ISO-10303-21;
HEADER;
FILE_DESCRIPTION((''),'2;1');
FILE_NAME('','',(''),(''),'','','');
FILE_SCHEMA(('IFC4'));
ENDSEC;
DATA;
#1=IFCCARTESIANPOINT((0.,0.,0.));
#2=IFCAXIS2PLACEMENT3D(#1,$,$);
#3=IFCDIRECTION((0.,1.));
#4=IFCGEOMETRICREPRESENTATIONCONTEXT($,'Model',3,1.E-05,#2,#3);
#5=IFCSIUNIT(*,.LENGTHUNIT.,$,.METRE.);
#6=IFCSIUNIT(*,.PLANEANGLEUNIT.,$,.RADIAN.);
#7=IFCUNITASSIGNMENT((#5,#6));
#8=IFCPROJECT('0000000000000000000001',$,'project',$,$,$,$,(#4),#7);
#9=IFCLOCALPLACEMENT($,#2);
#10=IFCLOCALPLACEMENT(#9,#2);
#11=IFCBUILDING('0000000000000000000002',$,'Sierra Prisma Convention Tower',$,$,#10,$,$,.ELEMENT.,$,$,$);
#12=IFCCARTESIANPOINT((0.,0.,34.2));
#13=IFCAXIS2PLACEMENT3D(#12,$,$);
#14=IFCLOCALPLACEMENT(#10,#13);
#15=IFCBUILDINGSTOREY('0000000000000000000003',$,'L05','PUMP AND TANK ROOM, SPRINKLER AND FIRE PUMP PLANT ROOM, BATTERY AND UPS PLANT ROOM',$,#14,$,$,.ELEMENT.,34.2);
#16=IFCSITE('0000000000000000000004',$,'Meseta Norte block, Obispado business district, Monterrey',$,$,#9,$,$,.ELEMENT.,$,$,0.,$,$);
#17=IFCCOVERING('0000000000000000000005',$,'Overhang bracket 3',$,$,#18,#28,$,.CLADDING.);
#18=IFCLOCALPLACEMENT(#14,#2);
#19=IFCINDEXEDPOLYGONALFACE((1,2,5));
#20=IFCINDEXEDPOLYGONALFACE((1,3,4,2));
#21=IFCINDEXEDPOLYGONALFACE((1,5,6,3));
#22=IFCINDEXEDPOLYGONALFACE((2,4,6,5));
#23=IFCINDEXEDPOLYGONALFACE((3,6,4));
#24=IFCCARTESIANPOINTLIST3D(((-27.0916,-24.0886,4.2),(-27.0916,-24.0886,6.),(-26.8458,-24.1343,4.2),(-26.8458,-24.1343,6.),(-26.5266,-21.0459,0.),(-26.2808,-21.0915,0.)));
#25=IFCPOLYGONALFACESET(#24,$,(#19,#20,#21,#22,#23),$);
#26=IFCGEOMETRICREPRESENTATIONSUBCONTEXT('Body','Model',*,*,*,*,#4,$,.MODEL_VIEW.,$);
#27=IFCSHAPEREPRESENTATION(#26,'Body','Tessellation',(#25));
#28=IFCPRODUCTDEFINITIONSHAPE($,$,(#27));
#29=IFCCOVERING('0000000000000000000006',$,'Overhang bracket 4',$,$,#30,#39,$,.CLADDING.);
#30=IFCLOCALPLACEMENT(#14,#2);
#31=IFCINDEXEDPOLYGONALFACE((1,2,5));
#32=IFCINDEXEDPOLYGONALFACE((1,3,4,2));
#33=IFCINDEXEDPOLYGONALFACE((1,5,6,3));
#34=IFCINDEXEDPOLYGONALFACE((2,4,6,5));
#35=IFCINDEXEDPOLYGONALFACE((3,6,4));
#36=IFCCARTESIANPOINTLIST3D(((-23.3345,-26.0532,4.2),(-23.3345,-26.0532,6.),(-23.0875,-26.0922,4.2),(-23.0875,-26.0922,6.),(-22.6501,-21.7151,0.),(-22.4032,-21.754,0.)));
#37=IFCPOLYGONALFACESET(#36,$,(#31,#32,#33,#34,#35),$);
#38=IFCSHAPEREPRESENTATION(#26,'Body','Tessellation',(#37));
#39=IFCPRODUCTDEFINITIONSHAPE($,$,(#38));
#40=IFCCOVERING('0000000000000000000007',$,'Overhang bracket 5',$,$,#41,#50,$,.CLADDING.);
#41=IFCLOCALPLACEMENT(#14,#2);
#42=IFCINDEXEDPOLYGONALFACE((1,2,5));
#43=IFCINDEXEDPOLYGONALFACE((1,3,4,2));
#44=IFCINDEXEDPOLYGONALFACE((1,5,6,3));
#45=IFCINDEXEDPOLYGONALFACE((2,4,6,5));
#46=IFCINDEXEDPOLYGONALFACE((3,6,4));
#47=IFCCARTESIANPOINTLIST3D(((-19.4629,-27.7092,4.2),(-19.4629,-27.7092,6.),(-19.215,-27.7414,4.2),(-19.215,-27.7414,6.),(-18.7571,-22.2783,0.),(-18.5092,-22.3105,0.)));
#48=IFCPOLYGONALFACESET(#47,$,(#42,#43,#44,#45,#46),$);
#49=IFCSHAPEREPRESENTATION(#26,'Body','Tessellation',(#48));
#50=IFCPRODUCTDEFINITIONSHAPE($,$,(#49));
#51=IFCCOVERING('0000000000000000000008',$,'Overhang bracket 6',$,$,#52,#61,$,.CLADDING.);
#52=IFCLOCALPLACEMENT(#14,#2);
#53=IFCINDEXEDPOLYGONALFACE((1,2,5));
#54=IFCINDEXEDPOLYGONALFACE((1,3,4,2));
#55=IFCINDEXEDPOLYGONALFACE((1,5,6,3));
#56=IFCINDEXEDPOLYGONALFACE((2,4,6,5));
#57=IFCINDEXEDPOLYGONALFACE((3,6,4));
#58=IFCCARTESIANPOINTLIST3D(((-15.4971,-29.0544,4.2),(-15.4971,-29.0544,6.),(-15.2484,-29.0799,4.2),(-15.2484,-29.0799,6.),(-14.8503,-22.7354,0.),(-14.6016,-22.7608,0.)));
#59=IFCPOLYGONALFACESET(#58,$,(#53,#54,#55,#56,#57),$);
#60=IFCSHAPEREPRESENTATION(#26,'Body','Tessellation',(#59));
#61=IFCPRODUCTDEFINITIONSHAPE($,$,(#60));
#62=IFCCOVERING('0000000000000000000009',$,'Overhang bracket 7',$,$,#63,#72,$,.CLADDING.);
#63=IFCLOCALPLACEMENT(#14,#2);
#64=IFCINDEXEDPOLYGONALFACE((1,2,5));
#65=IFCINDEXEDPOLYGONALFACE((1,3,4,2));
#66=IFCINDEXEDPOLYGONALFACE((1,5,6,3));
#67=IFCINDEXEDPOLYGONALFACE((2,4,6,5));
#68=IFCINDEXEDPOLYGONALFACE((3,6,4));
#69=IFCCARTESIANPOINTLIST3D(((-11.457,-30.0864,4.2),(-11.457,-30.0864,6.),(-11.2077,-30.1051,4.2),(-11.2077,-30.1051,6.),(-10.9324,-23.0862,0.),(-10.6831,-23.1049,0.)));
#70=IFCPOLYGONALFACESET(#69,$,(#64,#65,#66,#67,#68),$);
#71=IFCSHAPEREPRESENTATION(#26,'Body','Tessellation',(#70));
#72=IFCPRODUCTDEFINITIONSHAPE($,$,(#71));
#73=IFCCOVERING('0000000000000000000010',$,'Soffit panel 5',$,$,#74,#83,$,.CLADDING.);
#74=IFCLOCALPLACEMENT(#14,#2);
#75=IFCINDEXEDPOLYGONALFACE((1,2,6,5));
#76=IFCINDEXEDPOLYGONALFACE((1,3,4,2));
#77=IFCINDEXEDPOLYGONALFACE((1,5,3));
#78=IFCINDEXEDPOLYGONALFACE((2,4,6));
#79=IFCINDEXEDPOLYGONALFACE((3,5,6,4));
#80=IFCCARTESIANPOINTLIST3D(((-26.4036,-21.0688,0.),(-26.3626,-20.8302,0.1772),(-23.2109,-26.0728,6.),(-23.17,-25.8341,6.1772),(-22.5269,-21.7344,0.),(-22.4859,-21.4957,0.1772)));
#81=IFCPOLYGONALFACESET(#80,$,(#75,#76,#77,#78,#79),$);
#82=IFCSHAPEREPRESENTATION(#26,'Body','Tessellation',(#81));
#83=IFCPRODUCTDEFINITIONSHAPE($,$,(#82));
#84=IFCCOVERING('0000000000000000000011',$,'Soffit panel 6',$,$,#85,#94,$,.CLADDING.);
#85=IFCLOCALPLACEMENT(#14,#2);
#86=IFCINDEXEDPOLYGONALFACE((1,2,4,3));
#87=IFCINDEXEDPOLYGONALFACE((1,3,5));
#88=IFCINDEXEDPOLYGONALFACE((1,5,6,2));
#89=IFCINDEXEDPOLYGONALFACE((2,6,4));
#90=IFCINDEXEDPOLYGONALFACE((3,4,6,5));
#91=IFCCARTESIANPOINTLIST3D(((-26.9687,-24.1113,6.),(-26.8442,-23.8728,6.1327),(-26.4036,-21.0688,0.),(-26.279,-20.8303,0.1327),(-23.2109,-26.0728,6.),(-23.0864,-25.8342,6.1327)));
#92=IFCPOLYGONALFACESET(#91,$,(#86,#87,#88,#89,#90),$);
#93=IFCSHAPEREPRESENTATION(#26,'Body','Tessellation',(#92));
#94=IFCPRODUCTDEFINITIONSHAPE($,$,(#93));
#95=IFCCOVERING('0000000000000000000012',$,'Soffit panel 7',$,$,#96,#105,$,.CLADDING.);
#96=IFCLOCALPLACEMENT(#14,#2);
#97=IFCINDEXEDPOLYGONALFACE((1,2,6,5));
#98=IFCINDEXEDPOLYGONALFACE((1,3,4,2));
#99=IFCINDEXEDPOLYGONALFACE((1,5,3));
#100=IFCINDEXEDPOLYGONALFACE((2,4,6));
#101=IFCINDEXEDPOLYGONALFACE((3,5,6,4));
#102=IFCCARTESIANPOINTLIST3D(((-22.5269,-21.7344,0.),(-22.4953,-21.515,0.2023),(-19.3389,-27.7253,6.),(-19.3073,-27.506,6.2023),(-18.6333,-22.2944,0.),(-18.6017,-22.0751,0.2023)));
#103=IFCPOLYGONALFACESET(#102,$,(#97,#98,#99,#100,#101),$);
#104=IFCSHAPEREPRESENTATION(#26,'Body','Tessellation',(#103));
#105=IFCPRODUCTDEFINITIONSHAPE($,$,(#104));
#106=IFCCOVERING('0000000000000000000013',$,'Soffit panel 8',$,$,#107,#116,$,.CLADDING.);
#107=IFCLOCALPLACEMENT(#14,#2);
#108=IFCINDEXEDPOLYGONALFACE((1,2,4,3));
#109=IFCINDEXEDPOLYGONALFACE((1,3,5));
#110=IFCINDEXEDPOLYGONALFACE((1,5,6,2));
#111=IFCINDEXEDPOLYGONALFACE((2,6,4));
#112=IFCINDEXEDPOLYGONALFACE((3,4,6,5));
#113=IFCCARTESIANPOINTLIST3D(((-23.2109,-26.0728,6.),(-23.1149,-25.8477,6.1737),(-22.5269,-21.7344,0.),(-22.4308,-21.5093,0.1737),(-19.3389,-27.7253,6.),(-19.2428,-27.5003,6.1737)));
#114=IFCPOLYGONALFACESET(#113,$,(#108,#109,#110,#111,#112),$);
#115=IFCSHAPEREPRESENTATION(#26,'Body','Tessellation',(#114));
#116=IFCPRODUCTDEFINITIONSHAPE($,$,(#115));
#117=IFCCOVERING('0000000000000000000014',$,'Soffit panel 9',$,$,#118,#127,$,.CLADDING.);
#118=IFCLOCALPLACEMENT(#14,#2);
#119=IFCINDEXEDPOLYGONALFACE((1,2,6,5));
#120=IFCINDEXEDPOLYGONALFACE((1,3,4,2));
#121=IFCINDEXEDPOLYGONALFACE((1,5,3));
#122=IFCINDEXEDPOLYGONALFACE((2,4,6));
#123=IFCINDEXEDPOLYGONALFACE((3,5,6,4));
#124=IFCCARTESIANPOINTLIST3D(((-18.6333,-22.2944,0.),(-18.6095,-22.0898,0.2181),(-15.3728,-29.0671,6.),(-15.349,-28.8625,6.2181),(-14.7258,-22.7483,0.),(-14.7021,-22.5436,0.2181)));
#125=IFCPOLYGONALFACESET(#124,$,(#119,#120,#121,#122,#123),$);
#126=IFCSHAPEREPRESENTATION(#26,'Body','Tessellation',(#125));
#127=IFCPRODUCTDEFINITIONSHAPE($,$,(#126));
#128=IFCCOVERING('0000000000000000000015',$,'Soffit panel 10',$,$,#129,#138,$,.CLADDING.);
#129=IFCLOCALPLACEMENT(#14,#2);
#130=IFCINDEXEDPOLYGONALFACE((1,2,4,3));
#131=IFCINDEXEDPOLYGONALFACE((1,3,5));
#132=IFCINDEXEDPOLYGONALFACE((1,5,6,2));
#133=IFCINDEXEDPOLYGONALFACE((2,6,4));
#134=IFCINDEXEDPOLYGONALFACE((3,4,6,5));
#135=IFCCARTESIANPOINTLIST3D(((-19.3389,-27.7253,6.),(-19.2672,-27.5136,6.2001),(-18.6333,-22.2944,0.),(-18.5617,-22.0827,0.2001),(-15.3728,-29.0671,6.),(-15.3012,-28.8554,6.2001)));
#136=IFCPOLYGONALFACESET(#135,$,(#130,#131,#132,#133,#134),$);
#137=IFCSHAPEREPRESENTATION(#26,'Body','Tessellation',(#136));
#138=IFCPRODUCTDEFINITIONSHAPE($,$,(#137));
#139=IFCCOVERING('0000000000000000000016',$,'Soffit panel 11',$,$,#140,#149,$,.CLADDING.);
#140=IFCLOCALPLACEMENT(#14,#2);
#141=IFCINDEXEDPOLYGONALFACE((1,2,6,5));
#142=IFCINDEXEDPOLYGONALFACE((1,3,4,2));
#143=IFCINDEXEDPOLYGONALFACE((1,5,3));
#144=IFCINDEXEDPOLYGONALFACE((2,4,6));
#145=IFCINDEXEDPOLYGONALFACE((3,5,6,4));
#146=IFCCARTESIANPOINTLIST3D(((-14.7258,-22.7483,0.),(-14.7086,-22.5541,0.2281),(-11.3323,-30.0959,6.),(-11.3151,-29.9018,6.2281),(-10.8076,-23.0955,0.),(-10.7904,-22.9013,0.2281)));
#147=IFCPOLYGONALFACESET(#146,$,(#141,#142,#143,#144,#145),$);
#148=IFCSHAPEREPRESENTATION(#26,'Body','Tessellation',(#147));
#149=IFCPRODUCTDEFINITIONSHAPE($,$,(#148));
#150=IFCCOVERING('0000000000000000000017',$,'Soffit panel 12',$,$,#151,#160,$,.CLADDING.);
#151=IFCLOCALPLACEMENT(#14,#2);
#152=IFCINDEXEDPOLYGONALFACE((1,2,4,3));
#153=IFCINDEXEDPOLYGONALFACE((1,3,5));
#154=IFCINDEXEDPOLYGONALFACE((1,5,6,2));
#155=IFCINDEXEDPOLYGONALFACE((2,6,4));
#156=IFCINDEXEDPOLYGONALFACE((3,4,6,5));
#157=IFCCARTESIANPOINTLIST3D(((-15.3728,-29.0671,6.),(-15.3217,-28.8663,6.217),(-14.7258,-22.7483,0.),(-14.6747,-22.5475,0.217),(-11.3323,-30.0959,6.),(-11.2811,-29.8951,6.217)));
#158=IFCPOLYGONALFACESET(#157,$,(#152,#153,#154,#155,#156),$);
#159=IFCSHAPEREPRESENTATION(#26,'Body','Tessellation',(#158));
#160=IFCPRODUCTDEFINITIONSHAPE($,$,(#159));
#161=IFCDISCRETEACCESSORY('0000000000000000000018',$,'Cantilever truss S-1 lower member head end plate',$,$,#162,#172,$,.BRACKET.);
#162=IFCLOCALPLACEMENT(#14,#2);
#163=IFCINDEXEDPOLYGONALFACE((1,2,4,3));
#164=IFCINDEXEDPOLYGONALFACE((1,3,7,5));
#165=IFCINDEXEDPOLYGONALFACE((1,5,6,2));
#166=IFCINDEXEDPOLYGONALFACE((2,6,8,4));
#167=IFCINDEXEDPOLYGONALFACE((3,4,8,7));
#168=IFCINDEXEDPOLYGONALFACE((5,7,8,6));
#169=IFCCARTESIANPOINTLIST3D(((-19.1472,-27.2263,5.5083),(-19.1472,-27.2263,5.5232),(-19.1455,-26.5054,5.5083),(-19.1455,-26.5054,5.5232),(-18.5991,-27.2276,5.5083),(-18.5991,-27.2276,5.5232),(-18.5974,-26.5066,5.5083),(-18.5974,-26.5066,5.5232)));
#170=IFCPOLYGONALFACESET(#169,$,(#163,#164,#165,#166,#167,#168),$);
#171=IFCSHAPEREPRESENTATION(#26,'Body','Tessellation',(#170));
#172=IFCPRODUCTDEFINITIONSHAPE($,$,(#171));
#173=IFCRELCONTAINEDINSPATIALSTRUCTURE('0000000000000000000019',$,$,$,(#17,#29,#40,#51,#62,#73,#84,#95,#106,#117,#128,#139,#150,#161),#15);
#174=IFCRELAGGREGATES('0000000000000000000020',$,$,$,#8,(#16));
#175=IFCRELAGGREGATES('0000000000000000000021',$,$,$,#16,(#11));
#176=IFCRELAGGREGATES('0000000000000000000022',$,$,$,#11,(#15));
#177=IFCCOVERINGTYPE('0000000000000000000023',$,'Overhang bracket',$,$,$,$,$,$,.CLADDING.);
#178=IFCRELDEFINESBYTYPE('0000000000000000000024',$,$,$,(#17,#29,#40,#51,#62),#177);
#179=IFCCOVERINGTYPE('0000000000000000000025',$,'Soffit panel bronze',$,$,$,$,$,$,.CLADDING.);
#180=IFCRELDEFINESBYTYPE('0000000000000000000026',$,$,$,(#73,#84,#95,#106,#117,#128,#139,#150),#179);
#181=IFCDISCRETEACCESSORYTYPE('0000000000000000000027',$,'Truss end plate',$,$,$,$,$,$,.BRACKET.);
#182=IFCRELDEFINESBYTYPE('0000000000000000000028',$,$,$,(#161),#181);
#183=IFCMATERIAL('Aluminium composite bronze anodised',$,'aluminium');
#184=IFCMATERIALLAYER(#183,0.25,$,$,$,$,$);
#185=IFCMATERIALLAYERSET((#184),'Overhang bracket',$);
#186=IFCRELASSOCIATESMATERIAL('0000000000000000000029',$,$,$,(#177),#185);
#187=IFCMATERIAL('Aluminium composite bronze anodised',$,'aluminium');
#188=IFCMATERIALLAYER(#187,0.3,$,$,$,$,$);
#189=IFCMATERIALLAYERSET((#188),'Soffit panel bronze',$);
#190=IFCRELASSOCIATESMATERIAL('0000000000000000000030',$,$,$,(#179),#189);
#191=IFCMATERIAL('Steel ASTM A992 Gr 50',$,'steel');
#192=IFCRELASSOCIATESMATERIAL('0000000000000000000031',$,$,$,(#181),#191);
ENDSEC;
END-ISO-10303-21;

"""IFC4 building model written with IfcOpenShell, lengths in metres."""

from ifc_helpers import new_model, si_unit, direction, frame, origin, origin_2d, place, context, subcontext, project, spatial, polyline, rectangle, outline, extrude, material, layer, layer_set, type_object, element, save


model = new_model("IFC4")

# Units and contexts
model_context = context("Model", 3, precision=1e-05, world=origin(), true_north=direction((0.0, 1.0)))
body_context = subcontext(model_context, "Body", "Model", "MODEL_VIEW")
ifc_project = project(units=[si_unit("LENGTHUNIT", "METRE"), si_unit("PLANEANGLEUNIT", "RADIAN")], contexts=[model_context])

# Site, building, storey
site_placement = place(None, origin())
site = spatial("IfcSite", under=ifc_project, at=site_placement, Name="Meseta Norte block, Obispado business district, Monterrey", CompositionType="ELEMENT", RefElevation=0.0)
building_placement = place(site_placement, origin())
building = spatial("IfcBuilding", under=site, at=building_placement, Name="Sierra Prisma Convention Tower", CompositionType="ELEMENT")
storey_placement = place(building_placement, frame((0.0, 0.0, 34.2)))
storey = spatial("IfcBuildingStorey", under=building, at=storey_placement, Name="L05", Description="PUMP AND TANK ROOM, SPRINKLER AND FIRE PUMP PLANT ROOM, BATTERY AND UPS PLANT ROOM", CompositionType="ELEMENT", Elevation=34.2)

# Coverings
ifc_material_1 = material(Name="Aluminium composite bronze anodised", Category="aluminium")
ifc_layer_1 = layer(ifc_material_1, 0.25)
ifc_layer_set_1 = layer_set([ifc_layer_1], Name="Overhang bracket")
covering_type_1 = type_object("IfcCoveringType", Name="Overhang bracket", PredefinedType="CLADDING", material=ifc_layer_set_1)
covering_1_placement = place(storey_placement, frame((-26.5266, -21.0459, 0.0), z_axis=(-0.983197, 0.18255, 0.0), x_axis=(-0.083681, -0.450701, 0.888744)))
element("IfcCovering", 1, at=covering_1_placement, inside=storey, type_object=covering_type_1, Name="Overhang bracket 3", PredefinedType="CLADDING", context=body_context, shape_type="SweptSolid", body=[
    extrude(outline(polyline([(0.0, 0.0), (6.7511, 0.0), (5.1513, -0.8251), (0.0, 0.0)])), origin(), (0.0, 0.0, -1.0), 0.25),
])
covering_2_placement = place(storey_placement, frame((-22.6501, -21.7151, 0.0), z_axis=(-0.987785, 0.15582, 0.0), x_axis=(-0.092034, -0.58343, 0.806932)))
element("IfcCovering", 2, at=covering_2_placement, inside=storey, type_object=covering_type_1, Name="Overhang bracket 4", PredefinedType="CLADDING", context=body_context, shape_type="SweptSolid", body=[
    extrude(outline(polyline([(0.0, 0.0), (7.4356, 0.0), (5.9831, -1.0632), (0.0, 0.0)])), origin(), (0.0, 0.0, -1.0), 0.25),
])
covering_3_placement = place(storey_placement, frame((-18.7571, -22.2783, 0.0), z_axis=(-0.99166, 0.128878, 0.0), x_axis=(-0.086884, -0.668534, 0.738588)))
element("IfcCovering", 3, at=covering_3_placement, inside=storey, type_object=covering_type_1, Name="Overhang bracket 5", PredefinedType="CLADDING", context=body_context, shape_type="SweptSolid", body=[
    extrude(outline(polyline([(0.0, 0.0), (8.1236, 0.0), (6.7941, -1.2135), (0.0, 0.0)])), origin(), (0.0, 0.0, -1.0), 0.25),
])
covering_4_placement = place(storey_placement, frame((-14.8503, -22.7354, 0.0), z_axis=(-0.994804, 0.101813, 0.0), x_axis=(-0.074015, -0.72319, 0.686672)))
element("IfcCovering", 4, at=covering_4_placement, inside=storey, type_object=covering_type_1, Name="Overhang bracket 6", PredefinedType="CLADDING", context=body_context, shape_type="SweptSolid", body=[
    extrude(outline(polyline([(0.0, 0.0), (8.7378, 0.0), (7.5018, -1.3086), (0.0, 0.0)])), origin(), (0.0, 0.0, -1.0), 0.25),
])
covering_5_placement = place(storey_placement, frame((-10.9324, -23.0862, 0.0), z_axis=(-0.997203, 0.074739, 0.0), x_axis=(-0.056814, -0.758041, 0.649727)))
element("IfcCovering", 5, at=covering_5_placement, inside=storey, type_object=covering_type_1, Name="Overhang bracket 7", PredefinedType="CLADDING", context=body_context, shape_type="SweptSolid", body=[
    extrude(outline(polyline([(0.0, 0.0), (9.2346, 0.0), (8.0651, -1.3683), (0.0, 0.0)])), origin(), (0.0, 0.0, -1.0), 0.25),
])
ifc_material_2 = material(Name="Aluminium composite bronze anodised", Category="aluminium")
ifc_layer_2 = layer(ifc_material_2, 0.3)
ifc_layer_set_2 = layer_set([ifc_layer_2], Name="Soffit panel bronze")
covering_type_2 = type_object("IfcCoveringType", Name="Soffit panel bronze", PredefinedType="CLADDING", material=ifc_layer_set_2)
covering_6_placement = place(storey_placement, frame((-26.4036, -21.0688, 0.0), z_axis=(-0.136534, -0.795311, -0.590626), x_axis=(0.985582, -0.169198, 0.0)))
element("IfcCovering", 6, at=covering_6_placement, inside=storey, type_object=covering_type_2, Name="Soffit panel 5", PredefinedType="CLADDING", context=body_context, shape_type="SweptSolid", body=[
    extrude(outline(polyline([(0.0, 0.0), (3.9334, 0.0), (3.9932, 7.4355), (0.0, 0.0)])), origin(), (0.0, 0.0, -1.0), 0.3),
])
covering_7_placement = place(storey_placement, frame((-26.4036, -21.0688, 0.0), z_axis=(-0.415005, -0.795091, -0.442267), x_axis=(0.378278, -0.592887, 0.710909)))
element("IfcCovering", 7, at=covering_7_placement, inside=storey, type_object=covering_type_2, Name="Soffit panel 6", PredefinedType="CLADDING", context=body_context, shape_type="SweptSolid", body=[
    extrude(outline(polyline([(0.0, 0.0), (8.4399, 0.0), (5.8555, 3.3599), (0.0, 0.0)])), origin(), (0.0, 0.0, -1.0), 0.3),
])
covering_8_placement = place(storey_placement, frame((-22.5269, -21.7344, 0.0), z_axis=(-0.105163, -0.731097, -0.67412), x_axis=(0.989812, -0.142377, 0.0)))
element("IfcCovering", 8, at=covering_8_placement, inside=storey, type_object=covering_type_2, Name="Soffit panel 7", PredefinedType="CLADDING", context=body_context, shape_type="SweptSolid", body=[
    extrude(outline(polyline([(0.0, 0.0), (3.9336, 0.0), (4.0085, 8.1232), (0.0, 0.0)])), origin(), (0.0, 0.0, -1.0), 0.3),
])
covering_9_placement = place(storey_placement, frame((-22.5269, -21.7344, 0.0), z_axis=(-0.320104, -0.750014, -0.578803), x_axis=(0.351937, -0.66137, 0.662367)))
element("IfcCovering", 9, at=covering_9_placement, inside=storey, type_object=covering_type_2, Name="Soffit panel 8", PredefinedType="CLADDING", context=body_context, shape_type="SweptSolid", body=[
    extrude(outline(polyline([(0.0, 0.0), (9.0584, 0.0), (6.6027, 3.4196), (0.0, 0.0)])), origin(), (0.0, 0.0, -1.0), 0.3),
])
covering_10_placement = place(storey_placement, frame((-18.6333, -22.2944, 0.0), z_axis=(-0.07923, -0.682132, -0.726924), x_axis=(0.993322, -0.115376, 0.0)))
element("IfcCovering", 10, at=covering_10_placement, inside=storey, type_object=covering_type_2, Name="Soffit panel 9", PredefinedType="CLADDING", context=body_context, shape_type="SweptSolid", body=[
    extrude(outline(polyline([(0.0, 0.0), (3.9337, 0.0), (4.0201, 8.7372), (0.0, 0.0)])), origin(), (0.0, 0.0, -1.0), 0.3),
])
covering_11_placement = place(storey_placement, frame((-18.6333, -22.2944, 0.0), z_axis=(-0.238789, -0.705809, -0.666944), x_axis=(0.33901, -0.704191, 0.623849)))
element("IfcCovering", 11, at=covering_11_placement, inside=storey, type_object=covering_type_2, Name="Soffit panel 10", PredefinedType="CLADDING", context=body_context, shape_type="SweptSolid", body=[
    extrude(outline(polyline([(0.0, 0.0), (9.6177, 0.0), (7.3283, 3.5055), (0.0, 0.0)])), origin(), (0.0, 0.0, -1.0), 0.3),
])
covering_12_placement = place(storey_placement, frame((-14.7258, -22.7483, 0.0), z_axis=(-0.057345, -0.647213, -0.760149), x_axis=(0.996098, -0.088258, 0.0)))
element("IfcCovering", 12, at=covering_12_placement, inside=storey, type_object=covering_type_2, Name="Soffit panel 11", PredefinedType="CLADDING", context=body_context, shape_type="SweptSolid", body=[
    extrude(outline(polyline([(0.0, 0.0), (3.9336, 0.0), (4.0288, 9.2343), (0.0, 0.0)])), origin(), (0.0, 0.0, -1.0), 0.3),
])
covering_13_placement = place(storey_placement, frame((-14.7258, -22.7483, 0.0), z_axis=(-0.170411, -0.669271, -0.723212), x_axis=(0.336832, -0.729301, 0.595537)))
element("IfcCovering", 13, at=covering_13_placement, inside=storey, type_object=covering_type_2, Name="Soffit panel 12", PredefinedType="CLADDING", context=body_context, shape_type="SweptSolid", body=[
    extrude(outline(polyline([(0.0, 0.0), (10.0749, 0.0), (7.9636, 3.5954), (0.0, 0.0)])), origin(), (0.0, 0.0, -1.0), 0.3),
])

# Discrete accessory
ifc_material_3 = material(Name="Steel ASTM A992 Gr 50", Category="steel")
discrete_accessory_type = type_object("IfcDiscreteAccessoryType", Name="Truss end plate", PredefinedType="BRACKET", material=ifc_material_3)
discrete_accessory_placement = place(storey_placement, frame((-18.8723, -26.8665, 5.5083), z_axis=(0.0, 0.0, 1.0), x_axis=(0.002295, 0.999997, 0.0)))
element("IfcDiscreteAccessory", 14, at=discrete_accessory_placement, inside=storey, type_object=discrete_accessory_type, Name="Cantilever truss S-1 lower member head end plate", PredefinedType="BRACKET", context=body_context, shape_type="SweptSolid", body=[
    extrude(rectangle(XDim=0.7209, YDim=0.5481, at=origin_2d()), origin(), (0.0, 0.0, 1.0), 0.0149),
])

save(model, "model.ifc")
